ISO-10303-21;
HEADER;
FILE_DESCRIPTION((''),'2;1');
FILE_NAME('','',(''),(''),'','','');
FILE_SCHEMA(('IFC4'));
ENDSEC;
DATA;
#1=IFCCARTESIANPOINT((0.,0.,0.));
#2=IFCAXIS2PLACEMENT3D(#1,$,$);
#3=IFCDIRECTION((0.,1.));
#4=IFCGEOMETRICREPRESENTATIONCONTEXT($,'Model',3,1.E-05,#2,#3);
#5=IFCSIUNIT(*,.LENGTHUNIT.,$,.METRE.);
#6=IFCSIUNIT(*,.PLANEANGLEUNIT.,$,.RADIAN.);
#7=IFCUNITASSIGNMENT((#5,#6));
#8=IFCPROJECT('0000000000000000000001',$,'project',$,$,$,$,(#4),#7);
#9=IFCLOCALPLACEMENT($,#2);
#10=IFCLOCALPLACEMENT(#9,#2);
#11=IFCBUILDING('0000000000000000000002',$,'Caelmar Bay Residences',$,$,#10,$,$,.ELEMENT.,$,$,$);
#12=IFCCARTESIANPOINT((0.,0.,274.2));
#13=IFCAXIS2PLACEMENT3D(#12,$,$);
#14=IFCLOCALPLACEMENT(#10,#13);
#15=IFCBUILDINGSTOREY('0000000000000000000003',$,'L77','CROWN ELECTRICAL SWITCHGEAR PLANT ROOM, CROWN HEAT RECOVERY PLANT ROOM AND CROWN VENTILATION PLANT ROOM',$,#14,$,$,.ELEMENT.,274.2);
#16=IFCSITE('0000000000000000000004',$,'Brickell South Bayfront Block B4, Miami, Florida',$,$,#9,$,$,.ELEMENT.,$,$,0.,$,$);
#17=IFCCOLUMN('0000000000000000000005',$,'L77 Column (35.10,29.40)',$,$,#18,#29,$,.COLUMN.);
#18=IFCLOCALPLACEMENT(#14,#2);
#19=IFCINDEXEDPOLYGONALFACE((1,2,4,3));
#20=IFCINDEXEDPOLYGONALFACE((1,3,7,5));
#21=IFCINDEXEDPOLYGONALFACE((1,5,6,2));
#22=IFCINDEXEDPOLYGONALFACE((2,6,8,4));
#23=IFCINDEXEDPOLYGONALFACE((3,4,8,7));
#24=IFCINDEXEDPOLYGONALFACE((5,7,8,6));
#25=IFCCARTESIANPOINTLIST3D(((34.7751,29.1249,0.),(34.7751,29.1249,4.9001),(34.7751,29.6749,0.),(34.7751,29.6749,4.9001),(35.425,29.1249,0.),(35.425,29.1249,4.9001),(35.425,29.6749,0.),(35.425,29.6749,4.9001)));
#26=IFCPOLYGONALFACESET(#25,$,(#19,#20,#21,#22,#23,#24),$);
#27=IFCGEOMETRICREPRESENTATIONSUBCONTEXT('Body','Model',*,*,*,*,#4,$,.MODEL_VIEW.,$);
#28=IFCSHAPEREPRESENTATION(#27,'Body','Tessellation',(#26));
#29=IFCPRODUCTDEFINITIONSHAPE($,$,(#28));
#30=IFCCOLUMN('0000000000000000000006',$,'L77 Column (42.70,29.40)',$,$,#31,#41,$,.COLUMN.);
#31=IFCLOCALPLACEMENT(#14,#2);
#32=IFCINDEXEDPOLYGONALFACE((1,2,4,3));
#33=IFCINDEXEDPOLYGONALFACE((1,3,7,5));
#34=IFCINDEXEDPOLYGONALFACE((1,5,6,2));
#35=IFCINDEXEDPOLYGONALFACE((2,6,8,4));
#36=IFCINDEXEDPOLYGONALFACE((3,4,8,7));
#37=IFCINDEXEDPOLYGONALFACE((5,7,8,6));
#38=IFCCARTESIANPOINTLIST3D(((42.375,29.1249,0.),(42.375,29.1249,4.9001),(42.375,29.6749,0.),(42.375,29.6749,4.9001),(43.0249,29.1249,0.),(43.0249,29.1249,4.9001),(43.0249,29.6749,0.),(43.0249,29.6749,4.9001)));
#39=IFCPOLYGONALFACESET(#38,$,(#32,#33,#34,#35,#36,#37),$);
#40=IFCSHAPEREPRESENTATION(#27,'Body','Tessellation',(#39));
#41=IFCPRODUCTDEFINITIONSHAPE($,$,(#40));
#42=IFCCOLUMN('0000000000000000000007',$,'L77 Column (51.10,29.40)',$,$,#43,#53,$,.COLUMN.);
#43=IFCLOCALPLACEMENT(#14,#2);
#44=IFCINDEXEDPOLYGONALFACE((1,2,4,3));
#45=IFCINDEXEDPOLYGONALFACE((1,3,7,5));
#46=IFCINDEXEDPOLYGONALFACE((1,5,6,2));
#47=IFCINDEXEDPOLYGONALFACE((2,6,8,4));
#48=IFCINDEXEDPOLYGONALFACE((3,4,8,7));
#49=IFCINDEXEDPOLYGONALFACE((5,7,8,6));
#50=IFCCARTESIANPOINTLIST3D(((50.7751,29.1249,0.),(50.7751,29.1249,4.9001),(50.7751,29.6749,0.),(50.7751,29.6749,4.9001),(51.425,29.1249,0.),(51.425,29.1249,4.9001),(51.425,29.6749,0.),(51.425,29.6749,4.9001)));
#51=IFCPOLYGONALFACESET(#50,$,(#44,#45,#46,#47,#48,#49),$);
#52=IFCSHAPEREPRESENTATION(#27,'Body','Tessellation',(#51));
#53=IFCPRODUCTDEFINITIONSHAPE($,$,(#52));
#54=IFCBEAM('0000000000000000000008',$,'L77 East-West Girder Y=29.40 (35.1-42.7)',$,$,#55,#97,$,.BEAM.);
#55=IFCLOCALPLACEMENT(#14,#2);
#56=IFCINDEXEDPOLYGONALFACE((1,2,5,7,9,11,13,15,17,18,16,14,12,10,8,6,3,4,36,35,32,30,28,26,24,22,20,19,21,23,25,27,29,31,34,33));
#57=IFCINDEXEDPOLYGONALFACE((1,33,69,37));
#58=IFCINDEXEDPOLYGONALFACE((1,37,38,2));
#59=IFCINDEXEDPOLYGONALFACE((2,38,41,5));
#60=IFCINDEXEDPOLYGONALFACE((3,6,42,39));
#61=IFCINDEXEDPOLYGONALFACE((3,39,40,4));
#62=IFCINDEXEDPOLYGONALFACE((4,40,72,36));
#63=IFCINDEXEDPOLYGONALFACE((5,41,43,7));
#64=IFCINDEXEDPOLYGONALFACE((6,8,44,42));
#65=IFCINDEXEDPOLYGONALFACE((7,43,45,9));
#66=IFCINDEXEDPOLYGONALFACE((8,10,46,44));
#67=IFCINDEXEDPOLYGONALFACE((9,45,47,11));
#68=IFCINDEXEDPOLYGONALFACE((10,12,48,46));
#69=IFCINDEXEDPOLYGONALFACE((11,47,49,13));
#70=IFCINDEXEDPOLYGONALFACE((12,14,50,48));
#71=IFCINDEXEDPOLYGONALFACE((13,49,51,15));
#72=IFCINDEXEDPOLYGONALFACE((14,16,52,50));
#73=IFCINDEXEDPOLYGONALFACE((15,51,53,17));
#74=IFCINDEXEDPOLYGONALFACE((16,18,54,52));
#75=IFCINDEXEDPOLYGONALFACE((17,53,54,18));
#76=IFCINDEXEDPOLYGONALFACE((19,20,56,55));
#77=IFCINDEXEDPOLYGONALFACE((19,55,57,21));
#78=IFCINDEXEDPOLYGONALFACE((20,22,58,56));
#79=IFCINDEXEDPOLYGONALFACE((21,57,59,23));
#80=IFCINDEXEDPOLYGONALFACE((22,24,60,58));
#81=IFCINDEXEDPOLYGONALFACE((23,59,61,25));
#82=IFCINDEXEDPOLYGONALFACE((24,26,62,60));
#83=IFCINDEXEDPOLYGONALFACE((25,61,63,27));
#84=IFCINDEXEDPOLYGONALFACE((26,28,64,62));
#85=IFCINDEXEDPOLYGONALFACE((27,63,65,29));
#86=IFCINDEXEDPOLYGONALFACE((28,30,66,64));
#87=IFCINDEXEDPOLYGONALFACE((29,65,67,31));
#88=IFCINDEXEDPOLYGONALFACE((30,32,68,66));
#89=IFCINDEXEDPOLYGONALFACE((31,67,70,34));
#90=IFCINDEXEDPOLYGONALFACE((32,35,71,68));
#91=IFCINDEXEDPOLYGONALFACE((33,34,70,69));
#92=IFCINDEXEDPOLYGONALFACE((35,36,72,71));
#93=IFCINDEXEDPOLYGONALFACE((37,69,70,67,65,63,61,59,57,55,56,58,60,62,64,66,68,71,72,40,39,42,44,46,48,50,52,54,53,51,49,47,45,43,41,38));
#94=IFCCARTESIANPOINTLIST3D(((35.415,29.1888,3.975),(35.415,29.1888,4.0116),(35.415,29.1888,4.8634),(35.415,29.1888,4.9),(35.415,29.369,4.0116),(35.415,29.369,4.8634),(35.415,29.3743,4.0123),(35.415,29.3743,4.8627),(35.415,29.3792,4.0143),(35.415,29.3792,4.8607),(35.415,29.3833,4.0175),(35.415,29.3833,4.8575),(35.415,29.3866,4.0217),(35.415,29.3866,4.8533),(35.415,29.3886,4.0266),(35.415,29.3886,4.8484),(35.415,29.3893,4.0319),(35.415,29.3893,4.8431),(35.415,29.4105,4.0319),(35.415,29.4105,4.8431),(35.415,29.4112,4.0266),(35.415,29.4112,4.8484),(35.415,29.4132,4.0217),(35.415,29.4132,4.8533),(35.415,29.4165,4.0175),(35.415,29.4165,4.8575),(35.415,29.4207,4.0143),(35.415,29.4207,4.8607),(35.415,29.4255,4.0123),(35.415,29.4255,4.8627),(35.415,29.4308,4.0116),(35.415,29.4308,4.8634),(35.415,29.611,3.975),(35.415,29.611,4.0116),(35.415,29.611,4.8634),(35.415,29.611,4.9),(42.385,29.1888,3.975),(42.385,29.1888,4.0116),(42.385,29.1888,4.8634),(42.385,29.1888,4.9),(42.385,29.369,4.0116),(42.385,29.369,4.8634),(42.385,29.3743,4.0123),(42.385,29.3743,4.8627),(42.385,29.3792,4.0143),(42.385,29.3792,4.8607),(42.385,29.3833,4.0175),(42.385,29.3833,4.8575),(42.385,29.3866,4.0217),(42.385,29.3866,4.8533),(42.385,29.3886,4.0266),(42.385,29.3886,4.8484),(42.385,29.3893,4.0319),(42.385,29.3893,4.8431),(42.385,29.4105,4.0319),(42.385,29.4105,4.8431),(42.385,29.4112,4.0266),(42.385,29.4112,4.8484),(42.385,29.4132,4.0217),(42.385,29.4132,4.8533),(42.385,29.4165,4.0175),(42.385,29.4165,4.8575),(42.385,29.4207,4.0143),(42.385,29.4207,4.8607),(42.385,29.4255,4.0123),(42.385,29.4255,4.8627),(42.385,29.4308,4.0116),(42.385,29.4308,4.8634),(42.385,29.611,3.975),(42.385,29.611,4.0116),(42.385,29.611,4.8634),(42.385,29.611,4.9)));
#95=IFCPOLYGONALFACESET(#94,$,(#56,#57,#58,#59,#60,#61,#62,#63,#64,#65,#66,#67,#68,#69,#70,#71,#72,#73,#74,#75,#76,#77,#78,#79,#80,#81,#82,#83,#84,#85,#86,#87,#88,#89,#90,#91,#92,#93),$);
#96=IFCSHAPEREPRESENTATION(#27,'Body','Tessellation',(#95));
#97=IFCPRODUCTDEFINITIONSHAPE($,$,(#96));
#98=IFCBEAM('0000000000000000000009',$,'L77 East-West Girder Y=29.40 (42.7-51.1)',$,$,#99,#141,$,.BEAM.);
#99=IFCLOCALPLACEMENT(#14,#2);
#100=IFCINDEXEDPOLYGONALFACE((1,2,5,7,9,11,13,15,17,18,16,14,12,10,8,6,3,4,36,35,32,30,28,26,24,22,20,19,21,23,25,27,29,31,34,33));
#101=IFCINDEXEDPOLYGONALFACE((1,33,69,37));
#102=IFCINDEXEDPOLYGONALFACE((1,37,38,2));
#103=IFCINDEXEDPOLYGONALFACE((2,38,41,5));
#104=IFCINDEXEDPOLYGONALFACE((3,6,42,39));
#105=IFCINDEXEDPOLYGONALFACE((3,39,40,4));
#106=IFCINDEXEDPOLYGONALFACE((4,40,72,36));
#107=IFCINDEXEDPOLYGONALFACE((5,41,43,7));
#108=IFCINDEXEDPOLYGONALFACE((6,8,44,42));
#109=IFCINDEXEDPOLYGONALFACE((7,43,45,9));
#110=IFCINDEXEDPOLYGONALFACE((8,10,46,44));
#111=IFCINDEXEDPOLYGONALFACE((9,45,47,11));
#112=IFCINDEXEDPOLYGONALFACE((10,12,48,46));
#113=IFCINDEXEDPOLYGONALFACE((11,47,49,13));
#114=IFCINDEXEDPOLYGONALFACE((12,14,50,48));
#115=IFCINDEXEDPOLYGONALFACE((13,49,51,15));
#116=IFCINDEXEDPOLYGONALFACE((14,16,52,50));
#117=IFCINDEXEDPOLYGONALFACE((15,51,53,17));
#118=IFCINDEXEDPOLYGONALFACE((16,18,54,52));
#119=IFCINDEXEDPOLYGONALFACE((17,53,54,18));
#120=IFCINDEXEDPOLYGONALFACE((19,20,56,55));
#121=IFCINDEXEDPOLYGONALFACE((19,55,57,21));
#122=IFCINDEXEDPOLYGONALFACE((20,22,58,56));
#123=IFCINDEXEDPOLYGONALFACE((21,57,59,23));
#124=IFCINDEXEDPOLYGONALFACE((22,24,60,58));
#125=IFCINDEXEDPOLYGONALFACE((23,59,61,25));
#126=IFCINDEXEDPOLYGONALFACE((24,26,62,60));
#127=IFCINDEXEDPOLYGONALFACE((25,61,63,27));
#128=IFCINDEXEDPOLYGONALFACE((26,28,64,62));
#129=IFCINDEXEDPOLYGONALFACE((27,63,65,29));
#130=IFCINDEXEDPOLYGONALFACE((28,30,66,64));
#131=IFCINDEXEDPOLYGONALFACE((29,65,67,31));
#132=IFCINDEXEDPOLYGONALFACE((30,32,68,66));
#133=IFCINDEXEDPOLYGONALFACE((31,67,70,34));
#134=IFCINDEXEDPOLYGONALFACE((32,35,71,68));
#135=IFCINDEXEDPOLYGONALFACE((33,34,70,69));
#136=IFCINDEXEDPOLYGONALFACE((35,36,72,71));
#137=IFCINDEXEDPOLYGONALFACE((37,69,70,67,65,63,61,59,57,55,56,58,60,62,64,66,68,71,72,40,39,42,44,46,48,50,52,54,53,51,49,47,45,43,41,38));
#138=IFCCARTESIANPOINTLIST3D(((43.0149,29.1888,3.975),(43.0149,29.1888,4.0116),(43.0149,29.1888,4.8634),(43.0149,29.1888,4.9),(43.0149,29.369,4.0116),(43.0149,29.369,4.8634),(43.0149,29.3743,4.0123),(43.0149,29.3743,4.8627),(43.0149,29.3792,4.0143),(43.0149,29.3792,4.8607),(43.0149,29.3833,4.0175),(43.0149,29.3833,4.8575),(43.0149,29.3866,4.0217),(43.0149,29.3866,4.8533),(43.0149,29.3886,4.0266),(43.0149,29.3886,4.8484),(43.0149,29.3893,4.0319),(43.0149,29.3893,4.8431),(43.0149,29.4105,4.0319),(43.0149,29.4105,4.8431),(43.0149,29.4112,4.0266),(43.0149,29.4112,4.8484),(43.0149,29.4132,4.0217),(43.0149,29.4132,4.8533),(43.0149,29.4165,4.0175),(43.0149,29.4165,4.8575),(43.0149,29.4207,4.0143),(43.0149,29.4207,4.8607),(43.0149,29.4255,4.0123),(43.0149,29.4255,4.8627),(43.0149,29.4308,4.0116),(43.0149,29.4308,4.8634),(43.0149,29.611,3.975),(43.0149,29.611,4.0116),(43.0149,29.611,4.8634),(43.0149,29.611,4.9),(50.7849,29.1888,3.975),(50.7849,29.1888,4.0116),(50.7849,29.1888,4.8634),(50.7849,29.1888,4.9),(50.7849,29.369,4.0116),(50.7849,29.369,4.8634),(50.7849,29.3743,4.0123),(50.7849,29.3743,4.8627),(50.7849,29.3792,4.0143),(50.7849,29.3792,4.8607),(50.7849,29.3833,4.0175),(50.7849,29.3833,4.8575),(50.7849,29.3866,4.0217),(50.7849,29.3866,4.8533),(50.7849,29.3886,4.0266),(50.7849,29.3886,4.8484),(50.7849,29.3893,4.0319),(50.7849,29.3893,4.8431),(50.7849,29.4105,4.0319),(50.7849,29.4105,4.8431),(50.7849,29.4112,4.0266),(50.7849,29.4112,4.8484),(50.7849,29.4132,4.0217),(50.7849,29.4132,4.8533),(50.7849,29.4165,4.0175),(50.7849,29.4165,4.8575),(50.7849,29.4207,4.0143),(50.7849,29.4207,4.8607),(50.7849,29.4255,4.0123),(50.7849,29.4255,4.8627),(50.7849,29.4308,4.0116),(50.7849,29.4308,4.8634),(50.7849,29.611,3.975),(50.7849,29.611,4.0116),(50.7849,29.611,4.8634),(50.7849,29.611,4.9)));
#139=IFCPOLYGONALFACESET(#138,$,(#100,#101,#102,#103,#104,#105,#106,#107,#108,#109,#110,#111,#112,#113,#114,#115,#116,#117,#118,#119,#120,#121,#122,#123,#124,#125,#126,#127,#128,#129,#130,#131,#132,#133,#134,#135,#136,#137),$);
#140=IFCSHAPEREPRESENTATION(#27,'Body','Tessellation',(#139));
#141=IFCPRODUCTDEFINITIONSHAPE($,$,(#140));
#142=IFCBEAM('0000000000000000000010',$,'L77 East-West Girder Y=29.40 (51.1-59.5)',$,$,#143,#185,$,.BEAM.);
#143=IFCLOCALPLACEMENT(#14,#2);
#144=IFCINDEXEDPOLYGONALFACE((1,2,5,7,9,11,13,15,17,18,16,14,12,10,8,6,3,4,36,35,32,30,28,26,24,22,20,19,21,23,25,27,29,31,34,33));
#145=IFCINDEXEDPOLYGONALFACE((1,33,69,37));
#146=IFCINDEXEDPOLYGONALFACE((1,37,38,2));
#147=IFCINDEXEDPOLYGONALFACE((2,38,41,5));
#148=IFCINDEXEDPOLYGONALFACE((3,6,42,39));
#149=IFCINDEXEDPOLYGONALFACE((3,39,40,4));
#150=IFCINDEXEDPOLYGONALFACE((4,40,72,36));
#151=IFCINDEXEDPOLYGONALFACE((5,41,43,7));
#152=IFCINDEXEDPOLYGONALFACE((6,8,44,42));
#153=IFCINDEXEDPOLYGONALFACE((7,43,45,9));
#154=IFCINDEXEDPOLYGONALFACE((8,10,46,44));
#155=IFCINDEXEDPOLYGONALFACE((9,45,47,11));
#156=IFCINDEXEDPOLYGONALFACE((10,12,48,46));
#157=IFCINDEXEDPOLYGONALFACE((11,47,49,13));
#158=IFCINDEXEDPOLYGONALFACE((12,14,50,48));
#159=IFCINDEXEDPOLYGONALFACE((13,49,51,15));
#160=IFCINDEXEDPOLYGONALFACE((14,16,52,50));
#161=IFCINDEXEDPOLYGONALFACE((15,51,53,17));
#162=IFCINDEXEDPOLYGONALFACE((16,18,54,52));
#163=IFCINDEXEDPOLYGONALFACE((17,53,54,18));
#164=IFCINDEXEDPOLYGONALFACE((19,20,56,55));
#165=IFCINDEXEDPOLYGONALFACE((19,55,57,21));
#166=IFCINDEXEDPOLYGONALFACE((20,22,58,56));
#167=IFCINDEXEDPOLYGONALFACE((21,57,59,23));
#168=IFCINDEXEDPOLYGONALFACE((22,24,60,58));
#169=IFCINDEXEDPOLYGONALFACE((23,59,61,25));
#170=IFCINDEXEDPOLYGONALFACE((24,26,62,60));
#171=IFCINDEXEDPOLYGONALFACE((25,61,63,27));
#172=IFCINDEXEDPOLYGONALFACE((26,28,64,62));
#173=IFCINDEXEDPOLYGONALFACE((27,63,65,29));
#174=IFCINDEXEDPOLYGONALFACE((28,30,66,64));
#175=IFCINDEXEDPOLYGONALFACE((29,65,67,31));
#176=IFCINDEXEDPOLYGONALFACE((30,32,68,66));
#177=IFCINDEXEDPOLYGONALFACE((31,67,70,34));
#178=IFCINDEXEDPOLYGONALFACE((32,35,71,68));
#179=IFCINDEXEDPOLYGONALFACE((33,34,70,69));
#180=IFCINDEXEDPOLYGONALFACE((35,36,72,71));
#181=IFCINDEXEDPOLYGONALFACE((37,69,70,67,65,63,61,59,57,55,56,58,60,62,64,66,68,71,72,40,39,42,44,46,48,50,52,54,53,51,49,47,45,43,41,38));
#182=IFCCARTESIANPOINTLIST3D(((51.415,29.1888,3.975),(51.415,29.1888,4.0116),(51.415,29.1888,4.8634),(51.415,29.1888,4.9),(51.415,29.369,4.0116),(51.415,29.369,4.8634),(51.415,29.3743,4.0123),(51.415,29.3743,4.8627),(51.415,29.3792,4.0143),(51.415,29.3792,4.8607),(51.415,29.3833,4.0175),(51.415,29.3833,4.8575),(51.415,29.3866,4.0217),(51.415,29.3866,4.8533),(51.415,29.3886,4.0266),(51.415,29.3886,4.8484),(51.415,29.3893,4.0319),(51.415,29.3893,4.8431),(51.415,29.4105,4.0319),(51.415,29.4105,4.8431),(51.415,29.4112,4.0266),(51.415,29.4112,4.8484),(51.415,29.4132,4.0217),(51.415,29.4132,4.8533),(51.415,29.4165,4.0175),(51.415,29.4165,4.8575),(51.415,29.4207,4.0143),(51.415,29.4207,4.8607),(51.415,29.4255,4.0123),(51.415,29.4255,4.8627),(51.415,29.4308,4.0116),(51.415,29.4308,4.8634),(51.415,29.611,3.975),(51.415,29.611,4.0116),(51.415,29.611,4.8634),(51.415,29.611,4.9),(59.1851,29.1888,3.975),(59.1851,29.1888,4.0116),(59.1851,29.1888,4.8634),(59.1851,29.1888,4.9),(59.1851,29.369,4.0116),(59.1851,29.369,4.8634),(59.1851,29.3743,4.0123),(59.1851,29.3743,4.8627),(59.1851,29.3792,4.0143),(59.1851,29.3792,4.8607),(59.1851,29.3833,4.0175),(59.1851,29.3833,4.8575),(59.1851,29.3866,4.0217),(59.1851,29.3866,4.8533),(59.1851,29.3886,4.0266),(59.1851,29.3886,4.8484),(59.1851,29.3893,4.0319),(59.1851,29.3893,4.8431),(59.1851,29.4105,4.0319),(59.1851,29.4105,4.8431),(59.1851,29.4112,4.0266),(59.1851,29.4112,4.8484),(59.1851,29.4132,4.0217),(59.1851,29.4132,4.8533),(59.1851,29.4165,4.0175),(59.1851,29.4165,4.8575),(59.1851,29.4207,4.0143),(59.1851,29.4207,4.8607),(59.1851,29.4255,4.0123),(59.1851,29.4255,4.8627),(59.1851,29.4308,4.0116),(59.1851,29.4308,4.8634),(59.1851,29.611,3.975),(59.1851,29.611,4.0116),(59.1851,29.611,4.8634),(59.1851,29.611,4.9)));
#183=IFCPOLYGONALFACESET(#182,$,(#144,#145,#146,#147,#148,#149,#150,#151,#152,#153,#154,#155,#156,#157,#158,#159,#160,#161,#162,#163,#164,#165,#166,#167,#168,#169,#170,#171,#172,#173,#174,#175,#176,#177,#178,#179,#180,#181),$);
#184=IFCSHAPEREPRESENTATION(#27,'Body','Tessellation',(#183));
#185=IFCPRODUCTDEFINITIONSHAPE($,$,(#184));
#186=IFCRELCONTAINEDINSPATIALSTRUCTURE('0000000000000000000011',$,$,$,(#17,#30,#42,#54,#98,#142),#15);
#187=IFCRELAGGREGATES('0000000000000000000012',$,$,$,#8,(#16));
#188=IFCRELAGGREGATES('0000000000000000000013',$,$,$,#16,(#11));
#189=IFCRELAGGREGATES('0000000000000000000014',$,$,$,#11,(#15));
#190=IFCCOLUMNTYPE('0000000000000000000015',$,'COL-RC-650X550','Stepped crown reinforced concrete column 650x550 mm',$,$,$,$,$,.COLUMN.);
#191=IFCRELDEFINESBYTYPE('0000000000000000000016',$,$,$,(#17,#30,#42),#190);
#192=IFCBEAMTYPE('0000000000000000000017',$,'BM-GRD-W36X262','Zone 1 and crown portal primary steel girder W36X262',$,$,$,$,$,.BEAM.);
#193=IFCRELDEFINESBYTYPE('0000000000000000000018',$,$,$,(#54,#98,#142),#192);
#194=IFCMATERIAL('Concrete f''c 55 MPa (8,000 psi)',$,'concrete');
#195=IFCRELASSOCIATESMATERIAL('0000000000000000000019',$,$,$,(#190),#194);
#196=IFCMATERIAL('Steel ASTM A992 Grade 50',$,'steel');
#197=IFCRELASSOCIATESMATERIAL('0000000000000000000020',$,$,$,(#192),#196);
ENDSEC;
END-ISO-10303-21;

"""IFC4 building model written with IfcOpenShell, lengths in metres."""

from ifc_helpers import new_model, si_unit, direction, frame, origin, origin_2d, place, context, subcontext, project, spatial, rectangle, i_section, extrude, material, material_profile, profile_set, type_object, element, save


model = new_model("IFC4")

# Units and contexts
model_context = context("Model", 3, precision=1e-05, world=origin(), true_north=direction((0.0, 1.0)))
body_context = subcontext(model_context, "Body", "Model", "MODEL_VIEW")
ifc_project = project(units=[si_unit("LENGTHUNIT", "METRE"), si_unit("PLANEANGLEUNIT", "RADIAN")], contexts=[model_context])

# Site, building, storey
site_placement = place(None, origin())
site = spatial("IfcSite", under=ifc_project, at=site_placement, Name="Brickell South Bayfront Block B4, Miami, Florida", CompositionType="ELEMENT", RefElevation=0.0)
building_placement = place(site_placement, origin())
building = spatial("IfcBuilding", under=site, at=building_placement, Name="Caelmar Bay Residences", CompositionType="ELEMENT")
storey_placement = place(building_placement, frame((0.0, 0.0, 274.2)))
storey = spatial("IfcBuildingStorey", under=building, at=storey_placement, Name="L77", Description="CROWN ELECTRICAL SWITCHGEAR PLANT ROOM, CROWN HEAT RECOVERY PLANT ROOM AND CROWN VENTILATION PLANT ROOM", CompositionType="ELEMENT", Elevation=274.2)

# Columns
ifc_material_1 = material(Name="Concrete f'c 55 MPa (8,000 psi)", Category="concrete")
ifc_material_profile_1 = material_profile(ifc_material_1, rectangle(XDim=0.6499, YDim=0.55, at=origin_2d()), Name="RC-COL-650X550")
ifc_profile_set_1 = profile_set([ifc_material_profile_1], Name="Concrete f'c 55 MPa (8,000 psi)")
column_type = type_object("IfcColumnType", Name="COL-RC-650X550", Description="Stepped crown reinforced concrete column 650x550 mm", PredefinedType="COLUMN", material=ifc_profile_set_1)
for number, where, z_axis, x_axis, name in (
    (1, (35.1001, 29.3999, 0.0), (0.0, 0.0, 1.0), (1.0, 0.0, 0.0), "L77 Column (35.10,29.40)"),
    (2, (42.7, 29.3999, 0.0), (0.0, 0.0, 1.0), (1.0, 0.0, 0.0), "L77 Column (42.70,29.40)"),
    (3, (51.1001, 29.3999, 0.0), (0.0, 0.0, 1.0), (1.0, 0.0, 0.0), "L77 Column (51.10,29.40)"),
):
    element("IfcColumn", number, at=place(storey_placement, frame(where, z_axis=z_axis, x_axis=x_axis)), inside=storey, type_object=column_type, Name=name, PredefinedType="COLUMN", context=body_context, shape_type="SweptSolid", body=[
        extrude(rectangle(XDim=0.6499, YDim=0.55, at=origin_2d()), origin(), (0.0, 0.0, 1.0), 4.9001),
    ])

# Beams
ifc_material_2 = material(Name="Steel ASTM A992 Grade 50", Category="steel")
ifc_material_profile_2 = material_profile(ifc_material_2, i_section(OverallWidth=0.4221, OverallDepth=0.925, WebThickness=0.0212, FlangeThickness=0.0366, FilletRadius=0.0203, at=origin_2d()), Name="W36X262")
ifc_profile_set_2 = profile_set([ifc_material_profile_2], Name="Steel ASTM A992 Grade 50")
beam_type_1 = type_object("IfcBeamType", Name="BM-GRD-W36X262", Description="Zone 1 and crown portal primary steel girder W36X262", PredefinedType="BEAM", material=ifc_profile_set_2)
beam_1_placement = place(storey_placement, frame((35.415, 29.3999, 4.4375), z_axis=(1.0, 0.0, 0.0), x_axis=(0.0, 1.0, 0.0)))
element("IfcBeam", 4, at=beam_1_placement, inside=storey, type_object=beam_type_1, Name="L77 East-West Girder Y=29.40 (35.1-42.7)", PredefinedType="BEAM", context=body_context, shape_type="SweptSolid", body=[
    extrude(i_section(OverallWidth=0.4221, OverallDepth=0.925, WebThickness=0.0212, FlangeThickness=0.0366, FilletRadius=0.0203, at=origin_2d()), origin(), (0.0, 0.0, 1.0), 6.97),
])
for number, where, z_axis, x_axis, name in (
    (5, (43.0149, 29.3999, 4.4375), (1.0, 0.0, 0.0), (0.0, 1.0, 0.0), "L77 East-West Girder Y=29.40 (42.7-51.1)"),
    (6, (51.415, 29.3999, 4.4375), (1.0, 0.0, 0.0), (0.0, 1.0, 0.0), "L77 East-West Girder Y=29.40 (51.1-59.5)"),
):
    element("IfcBeam", number, at=place(storey_placement, frame(where, z_axis=z_axis, x_axis=x_axis)), inside=storey, type_object=beam_type_1, Name=name, PredefinedType="BEAM", context=body_context, shape_type="SweptSolid", body=[
        extrude(i_section(OverallWidth=0.4221, OverallDepth=0.925, WebThickness=0.0212, FlangeThickness=0.0366, FilletRadius=0.0203, at=origin_2d()), origin(), (0.0, 0.0, 1.0), 7.77),
    ])

save(model, "model.ifc")
